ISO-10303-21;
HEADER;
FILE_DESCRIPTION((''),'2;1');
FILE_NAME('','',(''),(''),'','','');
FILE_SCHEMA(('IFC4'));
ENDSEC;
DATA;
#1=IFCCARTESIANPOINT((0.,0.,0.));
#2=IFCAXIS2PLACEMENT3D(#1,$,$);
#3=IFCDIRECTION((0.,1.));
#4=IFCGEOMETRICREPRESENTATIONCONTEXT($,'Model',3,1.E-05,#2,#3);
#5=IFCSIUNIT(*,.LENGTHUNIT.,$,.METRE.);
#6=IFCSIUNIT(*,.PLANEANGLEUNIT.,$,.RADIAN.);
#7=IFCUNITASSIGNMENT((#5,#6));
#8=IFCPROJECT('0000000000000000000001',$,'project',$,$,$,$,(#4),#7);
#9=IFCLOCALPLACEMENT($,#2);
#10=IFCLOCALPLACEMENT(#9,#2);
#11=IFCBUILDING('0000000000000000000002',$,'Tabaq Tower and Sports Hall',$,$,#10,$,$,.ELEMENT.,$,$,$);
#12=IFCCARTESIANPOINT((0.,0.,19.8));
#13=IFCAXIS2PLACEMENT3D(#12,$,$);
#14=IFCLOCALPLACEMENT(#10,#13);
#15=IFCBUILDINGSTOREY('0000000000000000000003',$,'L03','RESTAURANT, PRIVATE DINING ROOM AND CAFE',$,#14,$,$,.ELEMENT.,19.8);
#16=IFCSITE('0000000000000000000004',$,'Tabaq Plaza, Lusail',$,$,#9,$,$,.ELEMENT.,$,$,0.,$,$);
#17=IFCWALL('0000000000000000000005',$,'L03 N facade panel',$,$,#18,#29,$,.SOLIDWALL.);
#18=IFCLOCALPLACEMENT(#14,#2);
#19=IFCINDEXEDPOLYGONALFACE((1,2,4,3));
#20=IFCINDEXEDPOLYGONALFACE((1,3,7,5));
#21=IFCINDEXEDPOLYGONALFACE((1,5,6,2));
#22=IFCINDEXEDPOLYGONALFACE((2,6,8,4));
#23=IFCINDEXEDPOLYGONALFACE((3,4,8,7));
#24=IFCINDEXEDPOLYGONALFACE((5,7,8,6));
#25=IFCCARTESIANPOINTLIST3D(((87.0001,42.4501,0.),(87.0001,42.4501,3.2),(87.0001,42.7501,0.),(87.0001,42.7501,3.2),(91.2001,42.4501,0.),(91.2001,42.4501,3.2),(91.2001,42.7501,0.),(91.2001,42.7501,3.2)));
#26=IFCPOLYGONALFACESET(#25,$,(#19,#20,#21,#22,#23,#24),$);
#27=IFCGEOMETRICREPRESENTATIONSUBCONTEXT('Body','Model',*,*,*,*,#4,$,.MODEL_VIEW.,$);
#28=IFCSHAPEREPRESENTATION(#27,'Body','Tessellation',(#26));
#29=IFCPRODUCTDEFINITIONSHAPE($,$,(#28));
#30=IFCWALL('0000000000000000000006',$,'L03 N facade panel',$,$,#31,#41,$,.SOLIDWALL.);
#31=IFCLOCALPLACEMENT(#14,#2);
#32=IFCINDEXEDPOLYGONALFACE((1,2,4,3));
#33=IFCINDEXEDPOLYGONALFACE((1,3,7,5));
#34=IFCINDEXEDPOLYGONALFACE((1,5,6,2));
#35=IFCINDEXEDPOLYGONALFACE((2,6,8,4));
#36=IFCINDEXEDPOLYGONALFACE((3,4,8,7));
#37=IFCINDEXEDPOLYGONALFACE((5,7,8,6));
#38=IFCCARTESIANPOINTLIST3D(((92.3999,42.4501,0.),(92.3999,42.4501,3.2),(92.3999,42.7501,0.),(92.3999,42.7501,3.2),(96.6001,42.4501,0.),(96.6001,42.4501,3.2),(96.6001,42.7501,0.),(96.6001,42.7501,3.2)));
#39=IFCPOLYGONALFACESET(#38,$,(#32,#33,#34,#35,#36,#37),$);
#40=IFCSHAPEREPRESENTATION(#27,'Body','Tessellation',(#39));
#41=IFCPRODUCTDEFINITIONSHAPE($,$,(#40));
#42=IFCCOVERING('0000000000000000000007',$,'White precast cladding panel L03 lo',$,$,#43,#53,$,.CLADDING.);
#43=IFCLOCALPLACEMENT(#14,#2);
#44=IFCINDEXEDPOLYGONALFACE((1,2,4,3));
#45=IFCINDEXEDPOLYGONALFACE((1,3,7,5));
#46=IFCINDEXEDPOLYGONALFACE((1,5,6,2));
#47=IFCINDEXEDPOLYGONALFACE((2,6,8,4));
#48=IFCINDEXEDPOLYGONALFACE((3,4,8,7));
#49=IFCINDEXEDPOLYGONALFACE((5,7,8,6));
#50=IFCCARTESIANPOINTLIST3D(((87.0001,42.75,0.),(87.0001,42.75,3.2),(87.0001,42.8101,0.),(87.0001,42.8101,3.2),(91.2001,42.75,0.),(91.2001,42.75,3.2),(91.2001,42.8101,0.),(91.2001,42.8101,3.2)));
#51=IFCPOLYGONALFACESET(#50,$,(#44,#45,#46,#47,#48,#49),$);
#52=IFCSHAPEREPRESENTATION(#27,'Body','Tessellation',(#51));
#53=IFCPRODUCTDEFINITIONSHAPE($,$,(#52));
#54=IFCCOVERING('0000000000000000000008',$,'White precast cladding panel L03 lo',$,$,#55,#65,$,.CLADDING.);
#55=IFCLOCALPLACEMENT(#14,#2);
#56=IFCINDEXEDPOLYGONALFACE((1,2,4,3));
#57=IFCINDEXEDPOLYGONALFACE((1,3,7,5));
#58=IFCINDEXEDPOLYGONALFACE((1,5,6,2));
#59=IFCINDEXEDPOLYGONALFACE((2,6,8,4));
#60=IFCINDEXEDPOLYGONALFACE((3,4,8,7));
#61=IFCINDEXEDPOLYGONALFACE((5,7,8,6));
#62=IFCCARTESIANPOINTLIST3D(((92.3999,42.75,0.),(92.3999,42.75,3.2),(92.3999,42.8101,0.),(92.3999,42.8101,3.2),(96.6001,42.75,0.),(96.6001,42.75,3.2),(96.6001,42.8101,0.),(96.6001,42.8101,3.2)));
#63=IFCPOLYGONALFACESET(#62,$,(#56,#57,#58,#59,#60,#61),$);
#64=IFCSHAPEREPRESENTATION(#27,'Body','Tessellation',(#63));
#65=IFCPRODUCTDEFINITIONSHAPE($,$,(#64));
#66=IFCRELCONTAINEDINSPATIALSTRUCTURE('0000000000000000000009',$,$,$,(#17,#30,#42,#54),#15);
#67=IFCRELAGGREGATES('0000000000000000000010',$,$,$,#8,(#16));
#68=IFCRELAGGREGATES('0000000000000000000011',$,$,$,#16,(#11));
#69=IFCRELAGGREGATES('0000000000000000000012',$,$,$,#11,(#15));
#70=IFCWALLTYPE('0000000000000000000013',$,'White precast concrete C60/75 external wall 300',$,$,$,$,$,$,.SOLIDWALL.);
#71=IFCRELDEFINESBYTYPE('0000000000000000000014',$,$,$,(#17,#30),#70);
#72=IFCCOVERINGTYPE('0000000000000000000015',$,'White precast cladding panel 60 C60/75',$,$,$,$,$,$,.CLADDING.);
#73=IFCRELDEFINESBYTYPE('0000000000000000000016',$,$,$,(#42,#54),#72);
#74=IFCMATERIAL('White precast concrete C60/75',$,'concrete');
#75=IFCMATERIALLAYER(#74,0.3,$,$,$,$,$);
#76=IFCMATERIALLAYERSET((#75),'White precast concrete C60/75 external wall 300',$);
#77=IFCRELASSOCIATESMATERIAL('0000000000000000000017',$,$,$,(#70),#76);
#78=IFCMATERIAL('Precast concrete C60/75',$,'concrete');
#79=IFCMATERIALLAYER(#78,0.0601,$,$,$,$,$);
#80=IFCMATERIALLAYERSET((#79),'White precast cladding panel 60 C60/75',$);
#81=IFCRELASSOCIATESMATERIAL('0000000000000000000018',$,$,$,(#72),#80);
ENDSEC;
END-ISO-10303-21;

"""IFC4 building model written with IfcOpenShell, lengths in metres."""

from ifc_helpers import new_model, si_unit, direction, frame, frame_2d, origin, place, context, subcontext, project, spatial, rectangle, extrude, material, layer, layer_set, type_object, element, save


model = new_model("IFC4")

# Units and contexts
model_context = context("Model", 3, precision=1e-05, world=origin(), true_north=direction((0.0, 1.0)))
body_context = subcontext(model_context, "Body", "Model", "MODEL_VIEW")
ifc_project = project(units=[si_unit("LENGTHUNIT", "METRE"), si_unit("PLANEANGLEUNIT", "RADIAN")], contexts=[model_context])

# Site, building, storey
site_placement = place(None, origin())
site = spatial("IfcSite", under=ifc_project, at=site_placement, Name="Tabaq Plaza, Lusail", CompositionType="ELEMENT", RefElevation=0.0)
building_placement = place(site_placement, origin())
building = spatial("IfcBuilding", under=site, at=building_placement, Name="Tabaq Tower and Sports Hall", CompositionType="ELEMENT")
storey_placement = place(building_placement, frame((0.0, 0.0, 19.8)))
storey = spatial("IfcBuildingStorey", under=building, at=storey_placement, Name="L03", Description="RESTAURANT, PRIVATE DINING ROOM AND CAFE", CompositionType="ELEMENT", Elevation=19.8)

# Walls
ifc_material_1 = material(Name="White precast concrete C60/75", Category="concrete")
ifc_layer_1 = layer(ifc_material_1, 0.3)
ifc_layer_set_1 = layer_set([ifc_layer_1], Name="White precast concrete C60/75 external wall 300")
wall_type = type_object("IfcWallType", Name="White precast concrete C60/75 external wall 300", PredefinedType="SOLIDWALL", material=ifc_layer_set_1)
wall_1_placement = place(storey_placement, frame((87.0, 42.6001, 0.0), z_axis=(0.0, 0.0, 1.0), x_axis=(1.0, 0.0, 0.0)))
element("IfcWall", 1, at=wall_1_placement, inside=storey, type_object=wall_type, Name="L03 N facade panel", PredefinedType="SOLIDWALL", context=body_context, shape_type="SweptSolid", body=[
    extrude(rectangle(XDim=4.2, YDim=0.3, at=frame_2d((2.1001, 0.0))), origin(), (0.0, 0.0, 1.0), 3.2),
])
wall_2_placement = place(storey_placement, frame((92.3999, 42.6001, 0.0), z_axis=(0.0, 0.0, 1.0), x_axis=(1.0, 0.0, 0.0)))
element("IfcWall", 2, at=wall_2_placement, inside=storey, type_object=wall_type, Name="L03 N facade panel", PredefinedType="SOLIDWALL", context=body_context, shape_type="SweptSolid", body=[
    extrude(rectangle(XDim=4.2002, YDim=0.3, at=frame_2d((2.1001, 0.0))), origin(), (0.0, 0.0, 1.0), 3.2),
])

# Coverings
ifc_material_2 = material(Name="Precast concrete C60/75", Category="concrete")
ifc_layer_2 = layer(ifc_material_2, 0.0601)
ifc_layer_set_2 = layer_set([ifc_layer_2], Name="White precast cladding panel 60 C60/75")
covering_type = type_object("IfcCoveringType", Name="White precast cladding panel 60 C60/75", PredefinedType="CLADDING", material=ifc_layer_set_2)
covering_1_placement = place(storey_placement, frame((87.0, 42.78, 0.0), z_axis=(0.0, 0.0, 1.0), x_axis=(1.0, 0.0, 0.0)))
element("IfcCovering", 3, at=covering_1_placement, inside=storey, type_object=covering_type, Name="White precast cladding panel L03 lo", PredefinedType="CLADDING", context=body_context, shape_type="SweptSolid", body=[
    extrude(rectangle(XDim=4.2, YDim=0.0601, at=frame_2d((2.1001, 0.0))), origin(), (0.0, 0.0, 1.0), 3.2),
])
covering_2_placement = place(storey_placement, frame((92.3999, 42.78, 0.0), z_axis=(0.0, 0.0, 1.0), x_axis=(1.0, 0.0, 0.0)))
element("IfcCovering", 4, at=covering_2_placement, inside=storey, type_object=covering_type, Name="White precast cladding panel L03 lo", PredefinedType="CLADDING", context=body_context, shape_type="SweptSolid", body=[
    extrude(rectangle(XDim=4.2002, YDim=0.0601, at=frame_2d((2.1001, 0.0))), origin(), (0.0, 0.0, 1.0), 3.2),
])

save(model, "model.ifc")
